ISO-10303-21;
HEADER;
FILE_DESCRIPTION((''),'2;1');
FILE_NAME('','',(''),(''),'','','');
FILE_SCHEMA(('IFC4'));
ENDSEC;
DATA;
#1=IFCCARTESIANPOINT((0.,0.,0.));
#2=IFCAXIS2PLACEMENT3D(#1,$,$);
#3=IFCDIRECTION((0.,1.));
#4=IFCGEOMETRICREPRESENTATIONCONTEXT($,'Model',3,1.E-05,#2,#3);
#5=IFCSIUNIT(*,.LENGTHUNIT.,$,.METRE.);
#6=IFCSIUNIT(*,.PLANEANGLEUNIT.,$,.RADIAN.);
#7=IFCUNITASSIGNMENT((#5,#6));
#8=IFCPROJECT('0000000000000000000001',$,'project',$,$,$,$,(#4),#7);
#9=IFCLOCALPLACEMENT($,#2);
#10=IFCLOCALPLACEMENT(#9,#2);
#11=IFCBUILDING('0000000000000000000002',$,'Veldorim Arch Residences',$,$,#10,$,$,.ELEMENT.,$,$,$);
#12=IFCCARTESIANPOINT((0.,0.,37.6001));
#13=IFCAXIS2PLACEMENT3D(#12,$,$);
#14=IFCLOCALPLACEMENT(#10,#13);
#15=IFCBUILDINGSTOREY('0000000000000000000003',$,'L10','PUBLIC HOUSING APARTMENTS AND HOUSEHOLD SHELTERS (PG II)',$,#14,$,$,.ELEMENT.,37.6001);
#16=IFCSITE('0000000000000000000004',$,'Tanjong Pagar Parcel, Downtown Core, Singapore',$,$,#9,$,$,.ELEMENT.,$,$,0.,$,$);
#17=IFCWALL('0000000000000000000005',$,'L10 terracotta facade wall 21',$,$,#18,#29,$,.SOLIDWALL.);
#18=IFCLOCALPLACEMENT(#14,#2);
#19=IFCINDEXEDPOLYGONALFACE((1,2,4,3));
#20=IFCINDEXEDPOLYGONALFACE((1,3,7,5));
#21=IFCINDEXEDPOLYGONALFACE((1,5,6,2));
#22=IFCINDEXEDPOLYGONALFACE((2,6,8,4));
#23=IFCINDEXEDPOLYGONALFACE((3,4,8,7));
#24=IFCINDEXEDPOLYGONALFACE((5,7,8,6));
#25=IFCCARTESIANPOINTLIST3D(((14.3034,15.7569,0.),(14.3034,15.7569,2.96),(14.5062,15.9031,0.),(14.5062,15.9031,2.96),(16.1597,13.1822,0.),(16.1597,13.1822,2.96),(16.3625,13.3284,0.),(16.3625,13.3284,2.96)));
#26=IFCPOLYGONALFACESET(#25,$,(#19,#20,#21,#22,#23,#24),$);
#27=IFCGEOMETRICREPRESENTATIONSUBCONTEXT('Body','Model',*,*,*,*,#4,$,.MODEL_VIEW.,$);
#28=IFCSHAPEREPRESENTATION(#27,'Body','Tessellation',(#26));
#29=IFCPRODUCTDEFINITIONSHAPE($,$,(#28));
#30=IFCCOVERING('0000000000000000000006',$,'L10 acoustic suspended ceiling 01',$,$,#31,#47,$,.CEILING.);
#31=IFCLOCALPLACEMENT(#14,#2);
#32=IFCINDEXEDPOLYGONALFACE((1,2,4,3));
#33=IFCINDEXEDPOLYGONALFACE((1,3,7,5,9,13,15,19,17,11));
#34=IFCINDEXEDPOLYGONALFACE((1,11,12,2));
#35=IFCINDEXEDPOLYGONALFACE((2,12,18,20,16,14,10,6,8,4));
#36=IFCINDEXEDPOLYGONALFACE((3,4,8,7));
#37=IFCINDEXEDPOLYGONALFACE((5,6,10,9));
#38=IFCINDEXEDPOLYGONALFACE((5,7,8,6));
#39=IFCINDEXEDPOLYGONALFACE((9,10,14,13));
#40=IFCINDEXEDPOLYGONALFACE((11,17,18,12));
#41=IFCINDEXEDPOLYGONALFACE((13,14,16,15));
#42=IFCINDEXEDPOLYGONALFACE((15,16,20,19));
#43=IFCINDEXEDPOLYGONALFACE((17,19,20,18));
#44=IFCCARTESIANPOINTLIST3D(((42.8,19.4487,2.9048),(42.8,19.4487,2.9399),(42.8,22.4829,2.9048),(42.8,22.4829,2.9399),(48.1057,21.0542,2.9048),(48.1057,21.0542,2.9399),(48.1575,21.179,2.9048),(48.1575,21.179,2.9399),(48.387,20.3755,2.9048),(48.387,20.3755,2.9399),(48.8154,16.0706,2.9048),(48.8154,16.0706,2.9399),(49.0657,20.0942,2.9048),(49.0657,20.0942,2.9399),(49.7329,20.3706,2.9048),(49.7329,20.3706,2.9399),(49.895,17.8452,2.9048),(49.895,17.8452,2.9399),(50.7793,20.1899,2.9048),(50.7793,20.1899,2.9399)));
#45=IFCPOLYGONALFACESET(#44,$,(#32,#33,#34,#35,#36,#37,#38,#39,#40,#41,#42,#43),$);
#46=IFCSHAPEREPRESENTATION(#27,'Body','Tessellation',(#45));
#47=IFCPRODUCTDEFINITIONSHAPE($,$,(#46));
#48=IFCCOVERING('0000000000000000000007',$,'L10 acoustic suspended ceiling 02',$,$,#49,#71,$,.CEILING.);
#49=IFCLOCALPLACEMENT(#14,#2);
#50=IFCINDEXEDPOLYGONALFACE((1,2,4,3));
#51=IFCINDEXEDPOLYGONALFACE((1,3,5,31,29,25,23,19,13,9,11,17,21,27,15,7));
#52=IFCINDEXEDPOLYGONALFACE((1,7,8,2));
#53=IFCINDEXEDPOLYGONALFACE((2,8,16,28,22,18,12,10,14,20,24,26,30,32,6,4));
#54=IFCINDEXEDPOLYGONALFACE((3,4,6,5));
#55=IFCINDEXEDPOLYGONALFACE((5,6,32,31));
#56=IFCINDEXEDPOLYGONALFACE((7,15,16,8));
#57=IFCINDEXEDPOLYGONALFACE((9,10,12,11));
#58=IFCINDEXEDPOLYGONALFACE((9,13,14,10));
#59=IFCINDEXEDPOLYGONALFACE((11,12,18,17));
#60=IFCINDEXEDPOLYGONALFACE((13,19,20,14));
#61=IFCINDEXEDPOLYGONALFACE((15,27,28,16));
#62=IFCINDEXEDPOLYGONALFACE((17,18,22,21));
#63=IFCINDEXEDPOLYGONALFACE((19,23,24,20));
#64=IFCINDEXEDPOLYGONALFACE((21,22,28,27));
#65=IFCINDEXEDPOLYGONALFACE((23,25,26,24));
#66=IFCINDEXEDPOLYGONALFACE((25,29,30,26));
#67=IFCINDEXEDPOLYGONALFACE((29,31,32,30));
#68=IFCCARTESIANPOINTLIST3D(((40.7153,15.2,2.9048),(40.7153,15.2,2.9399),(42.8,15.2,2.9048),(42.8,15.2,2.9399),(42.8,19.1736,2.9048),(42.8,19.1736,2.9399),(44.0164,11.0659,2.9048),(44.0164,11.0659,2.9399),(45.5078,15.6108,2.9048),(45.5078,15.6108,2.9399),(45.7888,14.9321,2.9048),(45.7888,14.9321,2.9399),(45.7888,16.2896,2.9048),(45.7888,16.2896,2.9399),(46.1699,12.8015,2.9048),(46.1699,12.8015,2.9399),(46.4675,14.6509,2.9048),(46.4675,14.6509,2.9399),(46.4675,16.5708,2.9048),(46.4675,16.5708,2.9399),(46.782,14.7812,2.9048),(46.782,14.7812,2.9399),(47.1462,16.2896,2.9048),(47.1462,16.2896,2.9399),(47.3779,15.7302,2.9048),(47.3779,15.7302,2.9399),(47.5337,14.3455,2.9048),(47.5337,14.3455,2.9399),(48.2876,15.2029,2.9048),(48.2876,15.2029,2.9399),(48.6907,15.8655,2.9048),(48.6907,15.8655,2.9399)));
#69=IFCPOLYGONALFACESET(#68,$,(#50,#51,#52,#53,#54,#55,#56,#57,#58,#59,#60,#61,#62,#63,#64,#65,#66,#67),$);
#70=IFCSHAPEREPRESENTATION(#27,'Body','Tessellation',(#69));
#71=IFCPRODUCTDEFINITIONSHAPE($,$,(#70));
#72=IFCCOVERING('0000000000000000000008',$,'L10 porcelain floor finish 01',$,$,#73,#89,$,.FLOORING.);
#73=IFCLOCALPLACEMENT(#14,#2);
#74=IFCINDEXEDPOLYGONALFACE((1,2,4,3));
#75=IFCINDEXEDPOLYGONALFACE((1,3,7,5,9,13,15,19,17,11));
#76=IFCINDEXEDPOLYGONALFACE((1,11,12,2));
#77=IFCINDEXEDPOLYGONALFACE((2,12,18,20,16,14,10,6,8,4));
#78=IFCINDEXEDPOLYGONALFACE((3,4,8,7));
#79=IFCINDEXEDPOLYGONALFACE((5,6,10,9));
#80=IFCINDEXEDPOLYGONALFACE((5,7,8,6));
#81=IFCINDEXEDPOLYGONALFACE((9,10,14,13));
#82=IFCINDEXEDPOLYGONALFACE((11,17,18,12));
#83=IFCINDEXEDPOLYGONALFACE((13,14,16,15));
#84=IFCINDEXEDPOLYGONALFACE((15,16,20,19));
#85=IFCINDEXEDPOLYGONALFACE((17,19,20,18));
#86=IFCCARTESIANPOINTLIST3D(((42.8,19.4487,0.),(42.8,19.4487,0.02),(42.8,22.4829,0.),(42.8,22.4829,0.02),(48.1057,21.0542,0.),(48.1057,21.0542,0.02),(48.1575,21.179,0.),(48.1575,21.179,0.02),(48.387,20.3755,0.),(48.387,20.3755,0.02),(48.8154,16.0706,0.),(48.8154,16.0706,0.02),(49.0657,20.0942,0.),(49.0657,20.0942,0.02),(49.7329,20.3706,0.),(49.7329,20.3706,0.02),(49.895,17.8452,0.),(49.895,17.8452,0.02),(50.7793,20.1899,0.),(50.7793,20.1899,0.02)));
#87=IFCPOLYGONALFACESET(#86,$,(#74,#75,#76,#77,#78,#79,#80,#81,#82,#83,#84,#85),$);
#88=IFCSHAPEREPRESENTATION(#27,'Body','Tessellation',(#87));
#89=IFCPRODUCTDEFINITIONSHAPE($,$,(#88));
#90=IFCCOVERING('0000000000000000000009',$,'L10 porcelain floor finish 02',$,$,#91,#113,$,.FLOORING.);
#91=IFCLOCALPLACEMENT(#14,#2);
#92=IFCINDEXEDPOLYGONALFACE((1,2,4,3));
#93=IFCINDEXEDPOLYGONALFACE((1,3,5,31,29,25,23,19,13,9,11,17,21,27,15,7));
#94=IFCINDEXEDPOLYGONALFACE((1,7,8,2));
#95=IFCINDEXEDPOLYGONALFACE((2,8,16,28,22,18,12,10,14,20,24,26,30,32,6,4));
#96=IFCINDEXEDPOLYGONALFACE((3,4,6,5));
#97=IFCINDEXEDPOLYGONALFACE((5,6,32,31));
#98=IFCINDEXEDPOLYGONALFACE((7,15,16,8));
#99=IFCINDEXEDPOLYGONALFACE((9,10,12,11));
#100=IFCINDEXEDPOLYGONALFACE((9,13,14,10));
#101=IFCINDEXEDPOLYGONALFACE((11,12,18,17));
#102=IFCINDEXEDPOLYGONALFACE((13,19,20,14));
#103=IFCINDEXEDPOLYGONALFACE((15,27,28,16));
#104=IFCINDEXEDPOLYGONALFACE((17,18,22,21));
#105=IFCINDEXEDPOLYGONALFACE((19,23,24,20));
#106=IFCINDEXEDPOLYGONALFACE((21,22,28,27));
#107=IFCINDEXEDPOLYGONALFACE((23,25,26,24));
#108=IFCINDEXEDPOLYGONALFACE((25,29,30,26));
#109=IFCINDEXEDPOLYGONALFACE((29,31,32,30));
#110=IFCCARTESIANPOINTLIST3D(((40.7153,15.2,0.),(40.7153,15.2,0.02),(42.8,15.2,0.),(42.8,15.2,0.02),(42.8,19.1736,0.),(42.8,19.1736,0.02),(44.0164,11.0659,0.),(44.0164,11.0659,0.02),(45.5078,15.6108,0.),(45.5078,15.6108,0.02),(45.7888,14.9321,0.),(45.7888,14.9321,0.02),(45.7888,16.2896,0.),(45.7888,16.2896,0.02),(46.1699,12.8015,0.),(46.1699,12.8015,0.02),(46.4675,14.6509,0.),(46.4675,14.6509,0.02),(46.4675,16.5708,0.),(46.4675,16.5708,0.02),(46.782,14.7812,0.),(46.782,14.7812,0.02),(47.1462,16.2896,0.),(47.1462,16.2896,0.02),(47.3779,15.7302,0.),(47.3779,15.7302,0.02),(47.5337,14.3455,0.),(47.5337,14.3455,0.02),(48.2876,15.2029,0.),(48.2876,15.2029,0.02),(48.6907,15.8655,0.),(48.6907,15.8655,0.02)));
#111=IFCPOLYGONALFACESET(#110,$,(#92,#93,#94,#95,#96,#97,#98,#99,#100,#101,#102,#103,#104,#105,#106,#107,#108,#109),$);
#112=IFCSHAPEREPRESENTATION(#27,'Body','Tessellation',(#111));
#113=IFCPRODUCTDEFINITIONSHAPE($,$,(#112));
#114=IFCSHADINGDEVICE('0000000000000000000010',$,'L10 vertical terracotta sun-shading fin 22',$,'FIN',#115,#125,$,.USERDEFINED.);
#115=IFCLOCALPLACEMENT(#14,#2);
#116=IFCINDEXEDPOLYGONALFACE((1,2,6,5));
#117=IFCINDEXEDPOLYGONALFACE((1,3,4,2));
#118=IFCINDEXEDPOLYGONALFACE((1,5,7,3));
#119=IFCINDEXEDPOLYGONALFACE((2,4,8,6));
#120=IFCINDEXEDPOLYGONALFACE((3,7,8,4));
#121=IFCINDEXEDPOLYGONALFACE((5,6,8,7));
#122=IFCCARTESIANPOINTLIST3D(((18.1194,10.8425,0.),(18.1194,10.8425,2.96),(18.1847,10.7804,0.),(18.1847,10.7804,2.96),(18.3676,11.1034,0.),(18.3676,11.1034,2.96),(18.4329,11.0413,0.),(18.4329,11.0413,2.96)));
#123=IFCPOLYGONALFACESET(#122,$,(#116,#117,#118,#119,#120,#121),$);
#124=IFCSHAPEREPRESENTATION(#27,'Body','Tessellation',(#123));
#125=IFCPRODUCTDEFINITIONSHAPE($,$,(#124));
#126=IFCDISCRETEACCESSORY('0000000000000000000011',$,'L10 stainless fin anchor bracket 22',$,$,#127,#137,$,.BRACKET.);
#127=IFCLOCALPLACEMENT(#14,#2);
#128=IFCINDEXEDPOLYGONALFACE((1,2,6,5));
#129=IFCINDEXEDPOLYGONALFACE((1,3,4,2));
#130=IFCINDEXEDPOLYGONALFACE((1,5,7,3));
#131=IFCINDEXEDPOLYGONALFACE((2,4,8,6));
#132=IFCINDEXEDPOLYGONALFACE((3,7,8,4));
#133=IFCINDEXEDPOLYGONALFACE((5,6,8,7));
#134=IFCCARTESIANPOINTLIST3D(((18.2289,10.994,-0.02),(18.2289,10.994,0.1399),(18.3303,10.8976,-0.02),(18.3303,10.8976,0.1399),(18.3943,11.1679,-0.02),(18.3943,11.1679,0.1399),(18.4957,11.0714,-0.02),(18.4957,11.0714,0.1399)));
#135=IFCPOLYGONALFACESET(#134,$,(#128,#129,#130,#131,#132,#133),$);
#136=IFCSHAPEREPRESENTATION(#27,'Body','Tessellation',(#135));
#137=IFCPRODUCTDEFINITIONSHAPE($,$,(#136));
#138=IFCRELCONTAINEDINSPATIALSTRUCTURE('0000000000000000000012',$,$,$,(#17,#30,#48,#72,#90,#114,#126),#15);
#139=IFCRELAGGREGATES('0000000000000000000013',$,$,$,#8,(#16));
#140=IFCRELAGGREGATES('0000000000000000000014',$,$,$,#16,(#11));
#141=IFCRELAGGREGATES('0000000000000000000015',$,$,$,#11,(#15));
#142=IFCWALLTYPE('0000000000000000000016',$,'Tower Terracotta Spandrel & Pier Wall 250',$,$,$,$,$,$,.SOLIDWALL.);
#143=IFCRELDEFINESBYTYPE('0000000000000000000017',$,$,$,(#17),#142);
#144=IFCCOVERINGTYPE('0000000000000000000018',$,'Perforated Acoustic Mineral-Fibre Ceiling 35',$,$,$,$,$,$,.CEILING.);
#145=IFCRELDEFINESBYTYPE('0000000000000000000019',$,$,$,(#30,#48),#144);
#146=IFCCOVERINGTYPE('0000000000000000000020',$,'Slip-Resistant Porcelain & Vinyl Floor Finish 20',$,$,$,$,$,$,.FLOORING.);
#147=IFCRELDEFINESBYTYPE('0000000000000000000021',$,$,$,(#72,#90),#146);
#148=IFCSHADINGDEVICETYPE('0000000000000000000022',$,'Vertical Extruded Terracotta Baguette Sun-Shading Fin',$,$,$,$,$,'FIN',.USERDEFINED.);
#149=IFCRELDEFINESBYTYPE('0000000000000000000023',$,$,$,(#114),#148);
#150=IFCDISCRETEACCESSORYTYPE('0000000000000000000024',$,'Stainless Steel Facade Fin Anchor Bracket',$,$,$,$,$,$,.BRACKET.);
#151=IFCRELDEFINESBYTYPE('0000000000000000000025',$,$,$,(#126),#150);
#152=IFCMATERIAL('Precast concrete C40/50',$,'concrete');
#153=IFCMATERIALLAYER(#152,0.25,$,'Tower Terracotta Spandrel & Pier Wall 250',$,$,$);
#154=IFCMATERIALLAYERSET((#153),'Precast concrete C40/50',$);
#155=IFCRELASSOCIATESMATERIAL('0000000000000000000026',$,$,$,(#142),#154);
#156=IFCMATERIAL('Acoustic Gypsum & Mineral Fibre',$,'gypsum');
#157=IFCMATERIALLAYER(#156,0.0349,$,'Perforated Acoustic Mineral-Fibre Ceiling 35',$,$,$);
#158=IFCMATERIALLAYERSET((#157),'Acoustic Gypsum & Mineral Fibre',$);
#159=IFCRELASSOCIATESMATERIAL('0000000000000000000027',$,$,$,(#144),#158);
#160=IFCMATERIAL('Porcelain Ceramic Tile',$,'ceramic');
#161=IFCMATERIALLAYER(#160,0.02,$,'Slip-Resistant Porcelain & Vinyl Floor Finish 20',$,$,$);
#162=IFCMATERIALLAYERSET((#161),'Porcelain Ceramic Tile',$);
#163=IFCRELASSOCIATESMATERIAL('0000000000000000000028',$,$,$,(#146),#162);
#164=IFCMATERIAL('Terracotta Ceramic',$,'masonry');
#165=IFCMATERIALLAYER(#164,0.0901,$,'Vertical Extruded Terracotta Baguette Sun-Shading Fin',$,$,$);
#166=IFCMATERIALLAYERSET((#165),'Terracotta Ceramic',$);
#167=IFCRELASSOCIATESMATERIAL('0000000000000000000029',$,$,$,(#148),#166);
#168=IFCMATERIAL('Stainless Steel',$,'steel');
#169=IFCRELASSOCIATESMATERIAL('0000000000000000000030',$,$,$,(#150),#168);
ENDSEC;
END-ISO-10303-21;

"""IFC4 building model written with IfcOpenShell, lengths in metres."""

from ifc_helpers import new_model, si_unit, direction, frame, frame_2d, origin, origin_2d, place, context, subcontext, project, spatial, polyline, rectangle, outline, extrude, material, layer, layer_set, type_object, element, save


model = new_model("IFC4")

# Units and contexts
model_context = context("Model", 3, precision=1e-05, world=origin(), true_north=direction((0.0, 1.0)))
body_context = subcontext(model_context, "Body", "Model", "MODEL_VIEW")
ifc_project = project(units=[si_unit("LENGTHUNIT", "METRE"), si_unit("PLANEANGLEUNIT", "RADIAN")], contexts=[model_context])

# Site, building, storey
site_placement = place(None, origin())
site = spatial("IfcSite", under=ifc_project, at=site_placement, Name="Tanjong Pagar Parcel, Downtown Core, Singapore", CompositionType="ELEMENT", RefElevation=0.0)
building_placement = place(site_placement, origin())
building = spatial("IfcBuilding", under=site, at=building_placement, Name="Veldorim Arch Residences", CompositionType="ELEMENT")
storey_placement = place(building_placement, frame((0.0, 0.0, 37.6001)))
storey = spatial("IfcBuildingStorey", under=building, at=storey_placement, Name="L10", Description="PUBLIC HOUSING APARTMENTS AND HOUSEHOLD SHELTERS (PG II)", CompositionType="ELEMENT", Elevation=37.6001)

# Wall
ifc_material_1 = material(Name="Precast concrete C40/50", Category="concrete")
ifc_layer_1 = layer(ifc_material_1, 0.25, Name="Tower Terracotta Spandrel & Pier Wall 250")
ifc_layer_set_1 = layer_set([ifc_layer_1], Name="Precast concrete C40/50")
wall_type = type_object("IfcWallType", Name="Tower Terracotta Spandrel & Pier Wall 250", PredefinedType="SOLIDWALL", material=ifc_layer_set_1)
wall_placement = place(storey_placement, frame((16.261, 13.2554, 0.0), z_axis=(0.0, 0.0, 1.0), x_axis=(-0.584805, 0.811174, 0.0)))
element("IfcWall", 1, at=wall_placement, inside=storey, type_object=wall_type, Name="L10 terracotta facade wall 21", PredefinedType="SOLIDWALL", context=body_context, shape_type="SweptSolid", body=[
    extrude(rectangle(XDim=3.1741, YDim=0.25, at=frame_2d((1.5869, 0.0))), origin(), (0.0, 0.0, 1.0), 2.96),
])

# Coverings
ifc_material_2 = material(Name="Acoustic Gypsum & Mineral Fibre", Category="gypsum")
ifc_layer_2 = layer(ifc_material_2, 0.0349, Name="Perforated Acoustic Mineral-Fibre Ceiling 35")
ifc_layer_set_2 = layer_set([ifc_layer_2], Name="Acoustic Gypsum & Mineral Fibre")
covering_type_1 = type_object("IfcCoveringType", Name="Perforated Acoustic Mineral-Fibre Ceiling 35", PredefinedType="CEILING", material=ifc_layer_set_2)
covering_1_placement = place(storey_placement, frame((0.0, 0.0, 2.9048)))
element("IfcCovering", 2, at=covering_1_placement, inside=storey, type_object=covering_type_1, Name="L10 acoustic suspended ceiling 01", PredefinedType="CEILING", context=body_context, shape_type="SweptSolid", body=[
    extrude(outline(polyline([(49.0657, 20.0942), (49.7329, 20.3706), (50.7793, 20.1899), (49.895, 17.8452), (48.8154, 16.0706), (42.8, 19.4487), (42.8, 22.4829), (48.1575, 21.179), (48.1057, 21.0542), (48.387, 20.3755), (49.0657, 20.0942)])), origin(), (0.0, 0.0, 1.0), 0.0352),
])
covering_2_placement = place(storey_placement, frame((0.0, 0.0, 2.9048)))
element("IfcCovering", 3, at=covering_2_placement, inside=storey, type_object=covering_type_1, Name="L10 acoustic suspended ceiling 02", PredefinedType="CEILING", context=body_context, shape_type="SweptSolid", body=[
    extrude(outline(polyline([(47.1462, 16.2896), (46.4675, 16.5708), (45.7888, 16.2896), (45.5078, 15.6108), (45.7888, 14.9321), (46.4675, 14.6509), (46.782, 14.7812), (47.5337, 14.3455), (46.1699, 12.8015), (44.0164, 11.0659), (40.7153, 15.2), (42.8, 15.2), (42.8, 19.1736), (48.6907, 15.8655), (48.2876, 15.2029), (47.3779, 15.7302), (47.1462, 16.2896)])), origin(), (0.0, 0.0, 1.0), 0.0352),
])
ifc_material_3 = material(Name="Porcelain Ceramic Tile", Category="ceramic")
ifc_layer_3 = layer(ifc_material_3, 0.02, Name="Slip-Resistant Porcelain & Vinyl Floor Finish 20")
ifc_layer_set_3 = layer_set([ifc_layer_3], Name="Porcelain Ceramic Tile")
covering_type_2 = type_object("IfcCoveringType", Name="Slip-Resistant Porcelain & Vinyl Floor Finish 20", PredefinedType="FLOORING", material=ifc_layer_set_3)
covering_3_placement = place(storey_placement, origin())
element("IfcCovering", 4, at=covering_3_placement, inside=storey, type_object=covering_type_2, Name="L10 porcelain floor finish 01", PredefinedType="FLOORING", context=body_context, shape_type="SweptSolid", body=[
    extrude(outline(polyline([(49.0657, 20.0942), (49.7329, 20.3706), (50.7793, 20.1899), (49.895, 17.8452), (48.8154, 16.0706), (42.8, 19.4487), (42.8, 22.4829), (48.1575, 21.179), (48.1057, 21.0542), (48.387, 20.3755), (49.0657, 20.0942)])), origin(), (0.0, 0.0, 1.0), 0.02),
])
covering_4_placement = place(storey_placement, origin())
element("IfcCovering", 5, at=covering_4_placement, inside=storey, type_object=covering_type_2, Name="L10 porcelain floor finish 02", PredefinedType="FLOORING", context=body_context, shape_type="SweptSolid", body=[
    extrude(outline(polyline([(47.1462, 16.2896), (46.4675, 16.5708), (45.7888, 16.2896), (45.5078, 15.6108), (45.7888, 14.9321), (46.4675, 14.6509), (46.782, 14.7812), (47.5337, 14.3455), (46.1699, 12.8015), (44.0164, 11.0659), (40.7153, 15.2), (42.8, 15.2), (42.8, 19.1736), (48.6907, 15.8655), (48.2876, 15.2029), (47.3779, 15.7302), (47.1462, 16.2896)])), origin(), (0.0, 0.0, 1.0), 0.02),
])

# Shading device
ifc_material_4 = material(Name="Terracotta Ceramic", Category="masonry")
ifc_layer_4 = layer(ifc_material_4, 0.0901, Name="Vertical Extruded Terracotta Baguette Sun-Shading Fin")
ifc_layer_set_4 = layer_set([ifc_layer_4], Name="Terracotta Ceramic")
shading_device_type = type_object("IfcShadingDeviceType", Name="Vertical Extruded Terracotta Baguette Sun-Shading Fin", ElementType="FIN", PredefinedType="USERDEFINED", material=ifc_layer_set_4)
shading_device_placement = place(storey_placement, frame((18.2761, 10.9419, 0.0), z_axis=(0.0, 0.0, 1.0), x_axis=(-0.724533, 0.68924, 0.0)))
element("IfcShadingDevice", 6, at=shading_device_placement, inside=storey, type_object=shading_device_type, Name="L10 vertical terracotta sun-shading fin 22", ObjectType="FIN", PredefinedType="USERDEFINED", context=body_context, shape_type="SweptSolid", body=[
    extrude(rectangle(XDim=0.0901, YDim=0.3601, at=origin_2d()), origin(), (0.0, 0.0, 1.0), 2.96),
])

# Discrete accessory
ifc_material_5 = material(Name="Stainless Steel", Category="steel")
discrete_accessory_type = type_object("IfcDiscreteAccessoryType", Name="Stainless Steel Facade Fin Anchor Bracket", PredefinedType="BRACKET", material=ifc_material_5)
discrete_accessory_placement = place(storey_placement, frame((18.3623, 11.0327, -0.02), z_axis=(0.0, 0.0, 1.0), x_axis=(-0.724533, 0.68924, 0.0)))
element("IfcDiscreteAccessory", 7, at=discrete_accessory_placement, inside=storey, type_object=discrete_accessory_type, Name="L10 stainless fin anchor bracket 22", PredefinedType="BRACKET", context=body_context, shape_type="SweptSolid", body=[
    extrude(rectangle(XDim=0.1399, YDim=0.24, at=origin_2d()), origin(), (0.0, 0.0, 1.0), 0.1599),
])

save(model, "model.ifc")
